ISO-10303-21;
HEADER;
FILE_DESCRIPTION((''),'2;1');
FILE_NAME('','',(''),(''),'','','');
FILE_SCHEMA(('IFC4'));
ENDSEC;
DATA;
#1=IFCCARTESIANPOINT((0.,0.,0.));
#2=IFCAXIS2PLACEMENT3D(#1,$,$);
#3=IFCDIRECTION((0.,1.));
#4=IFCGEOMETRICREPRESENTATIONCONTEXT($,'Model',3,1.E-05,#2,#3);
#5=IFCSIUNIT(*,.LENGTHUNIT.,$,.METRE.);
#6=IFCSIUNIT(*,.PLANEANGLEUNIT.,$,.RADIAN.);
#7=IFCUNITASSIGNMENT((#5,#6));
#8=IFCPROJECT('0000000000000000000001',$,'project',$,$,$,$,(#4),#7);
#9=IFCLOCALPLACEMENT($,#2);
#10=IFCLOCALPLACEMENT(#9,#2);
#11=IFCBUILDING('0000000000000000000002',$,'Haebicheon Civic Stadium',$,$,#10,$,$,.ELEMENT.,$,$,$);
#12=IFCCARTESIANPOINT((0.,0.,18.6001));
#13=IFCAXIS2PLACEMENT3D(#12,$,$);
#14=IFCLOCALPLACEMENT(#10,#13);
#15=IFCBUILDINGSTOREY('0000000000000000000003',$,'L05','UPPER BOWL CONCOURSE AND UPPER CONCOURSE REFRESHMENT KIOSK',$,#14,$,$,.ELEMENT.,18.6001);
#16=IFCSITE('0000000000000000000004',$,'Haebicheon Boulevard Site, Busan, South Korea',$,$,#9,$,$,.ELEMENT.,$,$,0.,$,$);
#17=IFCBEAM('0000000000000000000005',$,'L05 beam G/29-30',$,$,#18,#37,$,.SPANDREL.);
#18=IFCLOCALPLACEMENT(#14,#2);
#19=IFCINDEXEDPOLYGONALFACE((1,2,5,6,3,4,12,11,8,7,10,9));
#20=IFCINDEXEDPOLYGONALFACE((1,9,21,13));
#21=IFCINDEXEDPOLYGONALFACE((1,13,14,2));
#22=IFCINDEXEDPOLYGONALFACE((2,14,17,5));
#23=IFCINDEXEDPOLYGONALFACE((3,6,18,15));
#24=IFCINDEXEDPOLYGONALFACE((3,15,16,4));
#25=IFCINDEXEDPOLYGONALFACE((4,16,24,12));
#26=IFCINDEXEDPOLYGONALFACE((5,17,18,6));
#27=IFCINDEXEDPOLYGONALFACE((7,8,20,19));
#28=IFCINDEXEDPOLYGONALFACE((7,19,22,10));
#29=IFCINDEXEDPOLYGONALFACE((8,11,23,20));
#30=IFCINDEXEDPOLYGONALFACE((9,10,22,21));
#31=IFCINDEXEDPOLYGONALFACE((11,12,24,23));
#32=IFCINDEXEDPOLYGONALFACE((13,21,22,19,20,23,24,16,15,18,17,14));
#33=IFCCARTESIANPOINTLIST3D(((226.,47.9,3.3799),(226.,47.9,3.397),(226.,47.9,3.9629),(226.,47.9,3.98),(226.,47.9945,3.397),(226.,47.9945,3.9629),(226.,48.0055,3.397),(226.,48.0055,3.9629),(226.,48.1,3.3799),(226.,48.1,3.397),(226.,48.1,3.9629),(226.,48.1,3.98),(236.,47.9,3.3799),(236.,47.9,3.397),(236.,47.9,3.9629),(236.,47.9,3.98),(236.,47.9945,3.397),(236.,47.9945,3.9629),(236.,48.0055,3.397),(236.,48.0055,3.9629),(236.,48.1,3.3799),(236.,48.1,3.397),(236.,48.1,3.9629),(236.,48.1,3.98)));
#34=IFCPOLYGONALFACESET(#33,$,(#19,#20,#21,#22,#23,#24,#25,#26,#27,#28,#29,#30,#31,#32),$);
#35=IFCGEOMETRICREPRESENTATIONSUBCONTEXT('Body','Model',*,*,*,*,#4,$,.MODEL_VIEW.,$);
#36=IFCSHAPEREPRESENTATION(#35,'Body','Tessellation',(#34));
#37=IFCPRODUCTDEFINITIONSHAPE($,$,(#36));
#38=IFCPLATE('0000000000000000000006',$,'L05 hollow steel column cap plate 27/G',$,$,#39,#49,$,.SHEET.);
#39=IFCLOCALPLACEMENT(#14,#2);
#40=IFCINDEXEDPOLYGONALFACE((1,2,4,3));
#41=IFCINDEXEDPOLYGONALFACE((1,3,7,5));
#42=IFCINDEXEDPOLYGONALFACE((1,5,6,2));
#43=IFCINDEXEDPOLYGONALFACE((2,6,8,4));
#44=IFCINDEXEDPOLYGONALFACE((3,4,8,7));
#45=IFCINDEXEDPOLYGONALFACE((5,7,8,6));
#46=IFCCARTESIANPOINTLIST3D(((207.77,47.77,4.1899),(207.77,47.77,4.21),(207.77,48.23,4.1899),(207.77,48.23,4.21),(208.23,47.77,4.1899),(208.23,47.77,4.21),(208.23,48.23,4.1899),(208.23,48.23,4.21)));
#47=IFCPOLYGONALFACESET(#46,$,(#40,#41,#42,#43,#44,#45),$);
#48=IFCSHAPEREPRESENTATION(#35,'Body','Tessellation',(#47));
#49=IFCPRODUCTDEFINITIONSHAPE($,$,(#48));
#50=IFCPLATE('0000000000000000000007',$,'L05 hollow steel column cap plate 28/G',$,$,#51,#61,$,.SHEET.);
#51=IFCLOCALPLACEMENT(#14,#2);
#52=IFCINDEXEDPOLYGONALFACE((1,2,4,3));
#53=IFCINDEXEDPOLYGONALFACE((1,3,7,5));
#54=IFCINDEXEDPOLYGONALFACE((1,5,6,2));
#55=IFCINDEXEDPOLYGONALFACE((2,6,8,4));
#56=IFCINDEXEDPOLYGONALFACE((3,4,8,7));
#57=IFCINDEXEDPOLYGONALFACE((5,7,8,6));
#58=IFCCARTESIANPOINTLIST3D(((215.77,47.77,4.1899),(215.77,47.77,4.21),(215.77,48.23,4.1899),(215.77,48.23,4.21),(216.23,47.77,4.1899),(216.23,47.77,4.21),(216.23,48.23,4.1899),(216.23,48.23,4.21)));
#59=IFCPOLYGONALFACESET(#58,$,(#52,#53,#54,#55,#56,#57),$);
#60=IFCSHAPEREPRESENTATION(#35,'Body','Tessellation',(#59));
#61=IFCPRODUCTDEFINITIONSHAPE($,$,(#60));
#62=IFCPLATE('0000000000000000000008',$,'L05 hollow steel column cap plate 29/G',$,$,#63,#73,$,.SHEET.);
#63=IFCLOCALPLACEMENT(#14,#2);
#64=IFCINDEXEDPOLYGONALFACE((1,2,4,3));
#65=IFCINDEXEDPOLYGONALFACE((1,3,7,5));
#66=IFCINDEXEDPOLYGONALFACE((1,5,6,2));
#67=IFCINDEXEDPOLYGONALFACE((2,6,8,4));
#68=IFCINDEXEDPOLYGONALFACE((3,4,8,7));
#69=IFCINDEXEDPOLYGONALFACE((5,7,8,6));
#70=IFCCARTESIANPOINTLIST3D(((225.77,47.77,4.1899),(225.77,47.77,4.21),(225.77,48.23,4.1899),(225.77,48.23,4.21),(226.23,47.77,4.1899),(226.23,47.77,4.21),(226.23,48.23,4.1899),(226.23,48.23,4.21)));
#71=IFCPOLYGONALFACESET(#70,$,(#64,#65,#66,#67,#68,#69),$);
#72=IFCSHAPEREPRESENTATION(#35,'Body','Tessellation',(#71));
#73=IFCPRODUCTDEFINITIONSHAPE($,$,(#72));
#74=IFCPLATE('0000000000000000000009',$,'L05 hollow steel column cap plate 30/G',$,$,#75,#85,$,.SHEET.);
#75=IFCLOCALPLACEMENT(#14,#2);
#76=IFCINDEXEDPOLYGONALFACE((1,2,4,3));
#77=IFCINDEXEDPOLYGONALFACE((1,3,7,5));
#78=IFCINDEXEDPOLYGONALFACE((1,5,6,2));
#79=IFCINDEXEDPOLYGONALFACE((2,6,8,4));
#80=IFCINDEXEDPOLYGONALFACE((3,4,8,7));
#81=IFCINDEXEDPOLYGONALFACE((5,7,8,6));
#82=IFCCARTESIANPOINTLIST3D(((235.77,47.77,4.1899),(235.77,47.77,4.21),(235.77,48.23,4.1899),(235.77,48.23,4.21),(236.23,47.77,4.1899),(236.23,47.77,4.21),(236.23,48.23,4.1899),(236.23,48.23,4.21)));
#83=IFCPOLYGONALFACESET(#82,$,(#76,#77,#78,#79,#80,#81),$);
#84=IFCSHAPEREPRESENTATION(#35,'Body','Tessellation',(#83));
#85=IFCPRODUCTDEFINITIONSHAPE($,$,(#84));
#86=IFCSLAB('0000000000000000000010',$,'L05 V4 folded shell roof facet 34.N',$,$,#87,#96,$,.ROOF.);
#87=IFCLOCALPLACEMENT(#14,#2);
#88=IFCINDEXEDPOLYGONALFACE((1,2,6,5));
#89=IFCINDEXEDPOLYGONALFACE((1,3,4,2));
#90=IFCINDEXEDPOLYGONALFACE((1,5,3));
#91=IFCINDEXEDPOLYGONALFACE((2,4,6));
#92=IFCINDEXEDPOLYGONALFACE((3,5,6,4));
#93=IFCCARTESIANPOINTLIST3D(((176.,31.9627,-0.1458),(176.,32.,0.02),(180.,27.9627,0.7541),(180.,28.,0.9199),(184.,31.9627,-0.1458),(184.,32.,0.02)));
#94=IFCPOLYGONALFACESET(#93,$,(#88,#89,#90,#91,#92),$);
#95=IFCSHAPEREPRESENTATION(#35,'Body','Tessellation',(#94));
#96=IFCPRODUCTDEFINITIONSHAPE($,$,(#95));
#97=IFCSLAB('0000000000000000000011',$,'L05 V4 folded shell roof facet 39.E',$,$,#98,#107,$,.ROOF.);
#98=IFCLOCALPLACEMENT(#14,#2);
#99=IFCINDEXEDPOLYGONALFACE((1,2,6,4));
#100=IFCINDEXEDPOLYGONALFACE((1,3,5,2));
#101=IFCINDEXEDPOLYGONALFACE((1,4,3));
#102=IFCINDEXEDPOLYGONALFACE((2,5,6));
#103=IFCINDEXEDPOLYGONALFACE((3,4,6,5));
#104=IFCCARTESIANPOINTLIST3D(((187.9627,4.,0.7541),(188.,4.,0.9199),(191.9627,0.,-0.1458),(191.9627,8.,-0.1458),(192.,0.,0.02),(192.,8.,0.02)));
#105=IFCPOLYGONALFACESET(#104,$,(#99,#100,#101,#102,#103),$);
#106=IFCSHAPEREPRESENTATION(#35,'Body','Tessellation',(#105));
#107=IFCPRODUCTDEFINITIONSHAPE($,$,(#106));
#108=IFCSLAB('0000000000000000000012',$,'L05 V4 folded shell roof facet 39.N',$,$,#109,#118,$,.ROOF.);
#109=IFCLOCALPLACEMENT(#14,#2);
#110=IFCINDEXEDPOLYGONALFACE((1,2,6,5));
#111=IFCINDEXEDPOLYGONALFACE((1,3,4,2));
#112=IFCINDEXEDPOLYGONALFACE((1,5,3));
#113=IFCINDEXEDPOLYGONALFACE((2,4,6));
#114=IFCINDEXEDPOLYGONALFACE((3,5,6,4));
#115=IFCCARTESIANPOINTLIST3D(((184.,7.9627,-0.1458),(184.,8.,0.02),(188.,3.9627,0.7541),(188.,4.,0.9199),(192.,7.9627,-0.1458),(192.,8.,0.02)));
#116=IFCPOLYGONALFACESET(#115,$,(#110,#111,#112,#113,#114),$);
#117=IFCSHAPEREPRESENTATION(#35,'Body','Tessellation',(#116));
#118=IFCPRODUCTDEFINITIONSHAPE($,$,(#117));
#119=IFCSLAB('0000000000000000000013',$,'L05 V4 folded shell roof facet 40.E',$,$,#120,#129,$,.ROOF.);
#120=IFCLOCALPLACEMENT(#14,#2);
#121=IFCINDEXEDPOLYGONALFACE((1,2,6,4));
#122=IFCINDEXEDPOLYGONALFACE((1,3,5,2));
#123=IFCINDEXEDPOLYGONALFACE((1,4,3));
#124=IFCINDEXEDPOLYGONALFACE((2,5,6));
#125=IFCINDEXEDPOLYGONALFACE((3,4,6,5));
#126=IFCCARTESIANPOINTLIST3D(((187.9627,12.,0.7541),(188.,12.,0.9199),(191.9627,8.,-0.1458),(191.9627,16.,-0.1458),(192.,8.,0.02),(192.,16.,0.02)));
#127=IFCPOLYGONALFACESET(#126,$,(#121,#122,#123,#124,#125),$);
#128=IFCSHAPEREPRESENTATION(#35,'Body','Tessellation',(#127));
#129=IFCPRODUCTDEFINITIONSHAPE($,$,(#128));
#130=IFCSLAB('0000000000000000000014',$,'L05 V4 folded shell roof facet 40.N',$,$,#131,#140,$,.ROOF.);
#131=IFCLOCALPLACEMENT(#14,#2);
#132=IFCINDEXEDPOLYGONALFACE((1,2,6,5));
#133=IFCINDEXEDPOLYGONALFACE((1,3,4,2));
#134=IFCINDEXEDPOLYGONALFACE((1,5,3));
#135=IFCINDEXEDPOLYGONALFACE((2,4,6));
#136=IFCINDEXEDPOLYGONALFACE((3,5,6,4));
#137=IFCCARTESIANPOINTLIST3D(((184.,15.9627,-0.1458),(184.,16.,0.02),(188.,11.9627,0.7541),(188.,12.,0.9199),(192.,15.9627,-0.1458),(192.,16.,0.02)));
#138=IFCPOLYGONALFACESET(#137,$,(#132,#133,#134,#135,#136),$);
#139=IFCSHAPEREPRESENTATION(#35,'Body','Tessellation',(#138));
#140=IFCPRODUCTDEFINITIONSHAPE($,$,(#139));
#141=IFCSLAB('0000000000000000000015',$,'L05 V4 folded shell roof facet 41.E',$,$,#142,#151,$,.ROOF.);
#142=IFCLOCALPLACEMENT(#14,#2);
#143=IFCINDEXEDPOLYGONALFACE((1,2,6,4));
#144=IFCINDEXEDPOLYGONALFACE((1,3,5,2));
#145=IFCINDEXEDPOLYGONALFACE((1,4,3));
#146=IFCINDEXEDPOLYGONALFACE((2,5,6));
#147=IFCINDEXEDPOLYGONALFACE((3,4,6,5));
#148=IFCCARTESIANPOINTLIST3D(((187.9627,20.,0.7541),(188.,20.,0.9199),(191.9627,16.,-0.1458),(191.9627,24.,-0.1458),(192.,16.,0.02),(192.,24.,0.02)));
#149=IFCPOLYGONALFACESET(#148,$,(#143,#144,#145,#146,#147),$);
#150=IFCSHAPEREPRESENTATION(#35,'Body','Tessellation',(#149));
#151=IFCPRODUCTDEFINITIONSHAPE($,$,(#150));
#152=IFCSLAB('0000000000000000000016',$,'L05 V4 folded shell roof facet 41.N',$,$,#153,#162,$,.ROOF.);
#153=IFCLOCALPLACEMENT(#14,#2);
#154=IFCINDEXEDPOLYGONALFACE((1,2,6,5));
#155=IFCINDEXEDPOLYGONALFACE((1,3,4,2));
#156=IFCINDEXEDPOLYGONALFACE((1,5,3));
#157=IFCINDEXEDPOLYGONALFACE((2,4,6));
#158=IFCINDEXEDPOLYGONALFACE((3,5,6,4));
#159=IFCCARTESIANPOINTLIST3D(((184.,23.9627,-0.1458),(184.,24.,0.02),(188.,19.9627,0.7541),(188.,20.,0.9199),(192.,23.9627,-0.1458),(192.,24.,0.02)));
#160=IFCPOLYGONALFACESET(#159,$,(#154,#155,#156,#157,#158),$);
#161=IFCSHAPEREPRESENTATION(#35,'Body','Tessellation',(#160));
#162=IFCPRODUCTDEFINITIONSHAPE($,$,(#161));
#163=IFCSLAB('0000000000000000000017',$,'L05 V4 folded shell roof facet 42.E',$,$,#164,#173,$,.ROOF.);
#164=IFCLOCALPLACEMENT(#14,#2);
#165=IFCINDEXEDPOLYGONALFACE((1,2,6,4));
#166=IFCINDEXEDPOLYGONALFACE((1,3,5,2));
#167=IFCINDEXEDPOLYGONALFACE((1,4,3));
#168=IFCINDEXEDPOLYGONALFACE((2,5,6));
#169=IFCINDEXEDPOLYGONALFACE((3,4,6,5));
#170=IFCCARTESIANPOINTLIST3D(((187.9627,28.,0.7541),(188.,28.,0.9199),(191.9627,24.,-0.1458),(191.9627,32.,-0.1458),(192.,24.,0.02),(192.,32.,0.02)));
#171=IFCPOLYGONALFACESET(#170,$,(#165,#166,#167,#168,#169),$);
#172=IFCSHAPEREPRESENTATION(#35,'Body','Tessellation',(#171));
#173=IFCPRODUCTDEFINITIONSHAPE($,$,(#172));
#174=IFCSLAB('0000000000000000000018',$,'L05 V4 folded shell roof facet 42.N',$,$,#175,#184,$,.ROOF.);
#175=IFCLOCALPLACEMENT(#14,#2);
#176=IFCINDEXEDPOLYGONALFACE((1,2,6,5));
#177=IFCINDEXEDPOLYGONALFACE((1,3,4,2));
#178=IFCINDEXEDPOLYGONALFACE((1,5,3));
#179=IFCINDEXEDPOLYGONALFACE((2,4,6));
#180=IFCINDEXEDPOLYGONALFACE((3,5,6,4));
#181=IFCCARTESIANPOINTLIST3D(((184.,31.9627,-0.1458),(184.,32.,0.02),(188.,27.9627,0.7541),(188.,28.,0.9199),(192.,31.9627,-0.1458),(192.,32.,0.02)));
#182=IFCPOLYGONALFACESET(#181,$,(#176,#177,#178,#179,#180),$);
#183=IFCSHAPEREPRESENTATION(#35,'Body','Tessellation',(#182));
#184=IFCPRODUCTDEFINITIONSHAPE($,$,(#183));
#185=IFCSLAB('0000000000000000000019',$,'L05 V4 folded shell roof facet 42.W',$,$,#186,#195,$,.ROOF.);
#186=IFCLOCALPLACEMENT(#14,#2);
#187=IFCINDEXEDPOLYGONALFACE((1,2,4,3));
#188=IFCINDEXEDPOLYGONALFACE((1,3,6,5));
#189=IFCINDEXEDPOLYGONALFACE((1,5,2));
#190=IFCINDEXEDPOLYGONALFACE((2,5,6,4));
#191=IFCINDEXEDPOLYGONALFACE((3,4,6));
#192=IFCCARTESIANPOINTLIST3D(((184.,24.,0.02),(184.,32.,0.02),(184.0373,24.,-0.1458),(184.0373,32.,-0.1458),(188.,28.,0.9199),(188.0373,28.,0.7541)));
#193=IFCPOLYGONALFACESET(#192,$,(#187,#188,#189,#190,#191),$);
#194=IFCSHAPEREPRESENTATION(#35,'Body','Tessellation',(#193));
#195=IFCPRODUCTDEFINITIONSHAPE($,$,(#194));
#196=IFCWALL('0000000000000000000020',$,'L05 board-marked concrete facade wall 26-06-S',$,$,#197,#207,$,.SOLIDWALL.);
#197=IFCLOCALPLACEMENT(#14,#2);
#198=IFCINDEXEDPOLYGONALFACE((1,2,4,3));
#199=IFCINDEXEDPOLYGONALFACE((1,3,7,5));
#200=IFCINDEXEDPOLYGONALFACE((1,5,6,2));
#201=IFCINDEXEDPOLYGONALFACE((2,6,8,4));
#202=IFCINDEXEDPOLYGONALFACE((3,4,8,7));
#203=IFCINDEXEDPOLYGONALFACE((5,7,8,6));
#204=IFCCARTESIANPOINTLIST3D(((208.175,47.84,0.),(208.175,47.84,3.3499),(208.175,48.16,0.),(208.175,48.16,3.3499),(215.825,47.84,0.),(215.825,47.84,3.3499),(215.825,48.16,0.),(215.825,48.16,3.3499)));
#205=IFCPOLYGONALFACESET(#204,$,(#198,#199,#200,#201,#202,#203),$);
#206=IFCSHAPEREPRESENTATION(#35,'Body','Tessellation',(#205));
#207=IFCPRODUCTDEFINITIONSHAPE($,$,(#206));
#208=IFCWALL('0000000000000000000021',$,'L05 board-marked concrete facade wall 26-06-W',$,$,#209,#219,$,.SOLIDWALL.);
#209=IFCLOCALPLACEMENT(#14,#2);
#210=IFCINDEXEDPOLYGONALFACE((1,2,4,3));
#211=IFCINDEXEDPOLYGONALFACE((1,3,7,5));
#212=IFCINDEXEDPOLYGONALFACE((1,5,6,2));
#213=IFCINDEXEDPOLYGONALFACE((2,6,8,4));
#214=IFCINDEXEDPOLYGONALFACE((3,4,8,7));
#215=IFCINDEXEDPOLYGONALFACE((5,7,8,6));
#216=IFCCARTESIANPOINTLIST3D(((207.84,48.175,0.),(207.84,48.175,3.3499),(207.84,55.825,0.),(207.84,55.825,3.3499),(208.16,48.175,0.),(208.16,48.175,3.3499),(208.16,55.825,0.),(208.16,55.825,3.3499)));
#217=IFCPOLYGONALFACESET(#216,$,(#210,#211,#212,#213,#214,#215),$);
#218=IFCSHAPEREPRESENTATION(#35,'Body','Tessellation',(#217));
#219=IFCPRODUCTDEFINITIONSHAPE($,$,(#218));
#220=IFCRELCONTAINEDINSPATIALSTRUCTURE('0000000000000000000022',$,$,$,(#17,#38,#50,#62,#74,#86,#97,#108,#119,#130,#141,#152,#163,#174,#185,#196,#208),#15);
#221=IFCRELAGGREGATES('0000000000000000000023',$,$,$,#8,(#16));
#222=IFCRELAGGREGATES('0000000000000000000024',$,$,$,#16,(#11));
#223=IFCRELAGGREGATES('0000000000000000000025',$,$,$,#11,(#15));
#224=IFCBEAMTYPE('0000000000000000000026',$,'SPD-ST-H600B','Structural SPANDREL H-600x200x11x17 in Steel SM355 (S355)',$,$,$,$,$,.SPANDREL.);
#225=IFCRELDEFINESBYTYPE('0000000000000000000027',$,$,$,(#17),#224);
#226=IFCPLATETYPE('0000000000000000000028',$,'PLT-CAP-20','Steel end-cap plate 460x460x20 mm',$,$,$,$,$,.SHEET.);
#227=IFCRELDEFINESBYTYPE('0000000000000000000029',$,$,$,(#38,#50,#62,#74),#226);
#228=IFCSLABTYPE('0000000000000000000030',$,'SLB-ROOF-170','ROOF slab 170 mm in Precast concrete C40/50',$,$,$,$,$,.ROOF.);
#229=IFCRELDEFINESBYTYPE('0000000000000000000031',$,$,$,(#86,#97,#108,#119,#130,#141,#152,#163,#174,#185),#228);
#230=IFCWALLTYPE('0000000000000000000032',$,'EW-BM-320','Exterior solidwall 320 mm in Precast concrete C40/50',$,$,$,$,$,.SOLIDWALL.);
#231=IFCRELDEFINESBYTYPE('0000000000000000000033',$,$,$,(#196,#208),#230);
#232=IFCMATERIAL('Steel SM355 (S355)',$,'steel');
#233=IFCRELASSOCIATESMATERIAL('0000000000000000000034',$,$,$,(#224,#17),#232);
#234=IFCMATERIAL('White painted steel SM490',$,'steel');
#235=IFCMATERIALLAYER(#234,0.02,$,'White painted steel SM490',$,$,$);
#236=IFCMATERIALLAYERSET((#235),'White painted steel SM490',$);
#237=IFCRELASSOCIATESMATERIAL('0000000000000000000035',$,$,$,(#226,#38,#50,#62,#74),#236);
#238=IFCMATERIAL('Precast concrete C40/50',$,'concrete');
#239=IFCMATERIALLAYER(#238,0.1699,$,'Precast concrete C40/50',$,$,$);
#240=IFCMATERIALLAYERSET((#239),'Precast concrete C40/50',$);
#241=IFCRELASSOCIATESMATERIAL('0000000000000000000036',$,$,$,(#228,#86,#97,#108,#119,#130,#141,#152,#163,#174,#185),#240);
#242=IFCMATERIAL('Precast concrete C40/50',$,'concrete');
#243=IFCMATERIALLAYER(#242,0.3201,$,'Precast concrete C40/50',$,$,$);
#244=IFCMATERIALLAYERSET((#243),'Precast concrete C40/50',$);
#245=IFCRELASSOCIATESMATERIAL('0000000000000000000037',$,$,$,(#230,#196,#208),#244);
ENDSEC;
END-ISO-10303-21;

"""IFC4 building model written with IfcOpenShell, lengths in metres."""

from ifc_helpers import new_model, si_unit, direction, frame, frame_2d, origin, origin_2d, place, context, subcontext, project, spatial, polyline, rectangle, i_section, outline, extrude, material, layer, layer_set, material_profile, profile_set, type_object, element, save


model = new_model("IFC4")

# Units and contexts
model_context = context("Model", 3, precision=1e-05, world=origin(), true_north=direction((0.0, 1.0)))
body_context = subcontext(model_context, "Body", "Model", "MODEL_VIEW")
ifc_project = project(units=[si_unit("LENGTHUNIT", "METRE"), si_unit("PLANEANGLEUNIT", "RADIAN")], contexts=[model_context])

# Site, building, storey
site_placement = place(None, origin())
site = spatial("IfcSite", under=ifc_project, at=site_placement, Name="Haebicheon Boulevard Site, Busan, South Korea", CompositionType="ELEMENT", RefElevation=0.0)
building_placement = place(site_placement, origin())
building = spatial("IfcBuilding", under=site, at=building_placement, Name="Haebicheon Civic Stadium", CompositionType="ELEMENT")
storey_placement = place(building_placement, frame((0.0, 0.0, 18.6001)))
storey = spatial("IfcBuildingStorey", under=building, at=storey_placement, Name="L05", Description="UPPER BOWL CONCOURSE AND UPPER CONCOURSE REFRESHMENT KIOSK", CompositionType="ELEMENT", Elevation=18.6001)

# Beam
ifc_material_1 = material(Name="Steel SM355 (S355)", Category="steel")
ifc_material_profile_1 = material_profile(ifc_material_1, i_section(OverallWidth=0.2, OverallDepth=0.6001, WebThickness=0.011, FlangeThickness=0.0171, at=origin_2d()), Name="H-600x200x11x17")
ifc_profile_set_1 = profile_set([ifc_material_profile_1], Name="Steel SM355 (S355)")
beam_type_1 = type_object("IfcBeamType", Name="SPD-ST-H600B", Description="Structural SPANDREL H-600x200x11x17 in Steel SM355 (S355)", PredefinedType="SPANDREL", material=ifc_profile_set_1)
for number, where, z_axis, x_axis, name in (
    (1, (226.0, 48.0, 3.6799), (1.0, 0.0, 0.0), (0.0, 1.0, 0.0), "L05 beam G/29-30"),
):
    element("IfcBeam", number, at=place(storey_placement, frame(where, z_axis=z_axis, x_axis=x_axis)), inside=storey, type_object=beam_type_1, material=ifc_profile_set_1, Name=name, PredefinedType="SPANDREL", context=body_context, shape_type="SweptSolid", body=[
        extrude(i_section(OverallWidth=0.2, OverallDepth=0.6001, WebThickness=0.011, FlangeThickness=0.0171, at=origin_2d()), origin(), (0.0, 0.0, 1.0), 10.0),
    ])

# Plates
ifc_material_2 = material(Name="White painted steel SM490", Category="steel")
ifc_layer_1 = layer(ifc_material_2, 0.02, Name="White painted steel SM490")
ifc_layer_set_1 = layer_set([ifc_layer_1], Name="White painted steel SM490")
plate_type = type_object("IfcPlateType", Name="PLT-CAP-20", Description="Steel end-cap plate 460x460x20 mm", PredefinedType="SHEET", material=ifc_layer_set_1)
for number, where, z_axis, x_axis, name in (
    (2, (208.0, 48.0, 4.1899), (0.0, 0.0, 1.0), (1.0, 0.0, 0.0), "L05 hollow steel column cap plate 27/G"),
    (3, (216.0, 48.0, 4.1899), (0.0, 0.0, 1.0), (1.0, 0.0, 0.0), "L05 hollow steel column cap plate 28/G"),
    (4, (226.0, 48.0, 4.1899), (0.0, 0.0, 1.0), (1.0, 0.0, 0.0), "L05 hollow steel column cap plate 29/G"),
    (5, (236.0, 48.0, 4.1899), (0.0, 0.0, 1.0), (1.0, 0.0, 0.0), "L05 hollow steel column cap plate 30/G"),
):
    element("IfcPlate", number, at=place(storey_placement, frame(where, z_axis=z_axis, x_axis=x_axis)), inside=storey, type_object=plate_type, material=ifc_layer_set_1, Name=name, PredefinedType="SHEET", context=body_context, shape_type="SweptSolid", body=[
        extrude(rectangle(XDim=0.46, YDim=0.46, at=origin_2d()), origin(), (0.0, 0.0, 1.0), 0.02),
    ])

# Slabs
ifc_material_3 = material(Name="Precast concrete C40/50", Category="concrete")
ifc_layer_2 = layer(ifc_material_3, 0.1699, Name="Precast concrete C40/50")
ifc_layer_set_2 = layer_set([ifc_layer_2], Name="Precast concrete C40/50")
slab_type = type_object("IfcSlabType", Name="SLB-ROOF-170", Description="ROOF slab 170 mm in Precast concrete C40/50", PredefinedType="ROOF", material=ifc_layer_set_2)
for number, where, z_axis, x_axis, name in (
    (6, (184.0, 32.0, 0.02), (0.0, 0.21949, 0.975615), (-1.0, 0.0, 0.0), "L05 V4 folded shell roof facet 34.N"),
    (7, (192.0, 0.0, 0.02), (0.21949, 0.0, 0.975615), (0.0, 1.0, 0.0), "L05 V4 folded shell roof facet 39.E"),
    (8, (192.0, 8.0, 0.02), (0.0, 0.21949, 0.975615), (-1.0, 0.0, 0.0), "L05 V4 folded shell roof facet 39.N"),
    (9, (192.0, 8.0, 0.02), (0.21949, 0.0, 0.975615), (0.0, 1.0, 0.0), "L05 V4 folded shell roof facet 40.E"),
    (10, (192.0, 16.0, 0.02), (0.0, 0.21949, 0.975615), (-1.0, 0.0, 0.0), "L05 V4 folded shell roof facet 40.N"),
    (11, (192.0, 16.0, 0.02), (0.21949, 0.0, 0.975615), (0.0, 1.0, 0.0), "L05 V4 folded shell roof facet 41.E"),
    (12, (192.0, 24.0, 0.02), (0.0, 0.21949, 0.975615), (-1.0, 0.0, 0.0), "L05 V4 folded shell roof facet 41.N"),
    (13, (192.0, 24.0, 0.02), (0.21949, 0.0, 0.975615), (0.0, 1.0, 0.0), "L05 V4 folded shell roof facet 42.E"),
    (14, (192.0, 32.0, 0.02), (0.0, 0.21949, 0.975615), (-1.0, 0.0, 0.0), "L05 V4 folded shell roof facet 42.N"),
    (15, (184.0, 32.0, 0.02), (-0.21949, 0.0, 0.975615), (0.0, -1.0, 0.0), "L05 V4 folded shell roof facet 42.W"),
):
    element("IfcSlab", number, at=place(storey_placement, frame(where, z_axis=z_axis, x_axis=x_axis)), inside=storey, type_object=slab_type, material=ifc_layer_set_2, Name=name, PredefinedType="ROOF", context=body_context, shape_type="SweptSolid", body=[
        extrude(outline(polyline([(0.0, 0.0), (8.0, 0.0), (4.0, 4.1), (0.0, 0.0)])), origin(), (0.0, 0.0, -1.0), 0.1699),
    ])

# Walls
ifc_material_4 = material(Name="Precast concrete C40/50", Category="concrete")
ifc_layer_3 = layer(ifc_material_4, 0.3201, Name="Precast concrete C40/50")
ifc_layer_set_3 = layer_set([ifc_layer_3], Name="Precast concrete C40/50")
wall_type = type_object("IfcWallType", Name="EW-BM-320", Description="Exterior solidwall 320 mm in Precast concrete C40/50", PredefinedType="SOLIDWALL", material=ifc_layer_set_3)
for number, where, z_axis, x_axis, name in (
    (16, (208.175, 48.0, 0.0), (0.0, 0.0, 1.0), (1.0, 0.0, 0.0), "L05 board-marked concrete facade wall 26-06-S"),
    (17, (208.0, 48.175, 0.0), (0.0, 0.0, 1.0), (0.0, 1.0, 0.0), "L05 board-marked concrete facade wall 26-06-W"),
):
    element("IfcWall", number, at=place(storey_placement, frame(where, z_axis=z_axis, x_axis=x_axis)), inside=storey, type_object=wall_type, material=ifc_layer_set_3, Name=name, PredefinedType="SOLIDWALL", context=body_context, shape_type="SweptSolid", body=[
        extrude(rectangle(XDim=7.6499, YDim=0.3201, at=frame_2d((3.825, 0.0))), origin(), (0.0, 0.0, 1.0), 3.3499),
    ])

save(model, "model.ifc")
